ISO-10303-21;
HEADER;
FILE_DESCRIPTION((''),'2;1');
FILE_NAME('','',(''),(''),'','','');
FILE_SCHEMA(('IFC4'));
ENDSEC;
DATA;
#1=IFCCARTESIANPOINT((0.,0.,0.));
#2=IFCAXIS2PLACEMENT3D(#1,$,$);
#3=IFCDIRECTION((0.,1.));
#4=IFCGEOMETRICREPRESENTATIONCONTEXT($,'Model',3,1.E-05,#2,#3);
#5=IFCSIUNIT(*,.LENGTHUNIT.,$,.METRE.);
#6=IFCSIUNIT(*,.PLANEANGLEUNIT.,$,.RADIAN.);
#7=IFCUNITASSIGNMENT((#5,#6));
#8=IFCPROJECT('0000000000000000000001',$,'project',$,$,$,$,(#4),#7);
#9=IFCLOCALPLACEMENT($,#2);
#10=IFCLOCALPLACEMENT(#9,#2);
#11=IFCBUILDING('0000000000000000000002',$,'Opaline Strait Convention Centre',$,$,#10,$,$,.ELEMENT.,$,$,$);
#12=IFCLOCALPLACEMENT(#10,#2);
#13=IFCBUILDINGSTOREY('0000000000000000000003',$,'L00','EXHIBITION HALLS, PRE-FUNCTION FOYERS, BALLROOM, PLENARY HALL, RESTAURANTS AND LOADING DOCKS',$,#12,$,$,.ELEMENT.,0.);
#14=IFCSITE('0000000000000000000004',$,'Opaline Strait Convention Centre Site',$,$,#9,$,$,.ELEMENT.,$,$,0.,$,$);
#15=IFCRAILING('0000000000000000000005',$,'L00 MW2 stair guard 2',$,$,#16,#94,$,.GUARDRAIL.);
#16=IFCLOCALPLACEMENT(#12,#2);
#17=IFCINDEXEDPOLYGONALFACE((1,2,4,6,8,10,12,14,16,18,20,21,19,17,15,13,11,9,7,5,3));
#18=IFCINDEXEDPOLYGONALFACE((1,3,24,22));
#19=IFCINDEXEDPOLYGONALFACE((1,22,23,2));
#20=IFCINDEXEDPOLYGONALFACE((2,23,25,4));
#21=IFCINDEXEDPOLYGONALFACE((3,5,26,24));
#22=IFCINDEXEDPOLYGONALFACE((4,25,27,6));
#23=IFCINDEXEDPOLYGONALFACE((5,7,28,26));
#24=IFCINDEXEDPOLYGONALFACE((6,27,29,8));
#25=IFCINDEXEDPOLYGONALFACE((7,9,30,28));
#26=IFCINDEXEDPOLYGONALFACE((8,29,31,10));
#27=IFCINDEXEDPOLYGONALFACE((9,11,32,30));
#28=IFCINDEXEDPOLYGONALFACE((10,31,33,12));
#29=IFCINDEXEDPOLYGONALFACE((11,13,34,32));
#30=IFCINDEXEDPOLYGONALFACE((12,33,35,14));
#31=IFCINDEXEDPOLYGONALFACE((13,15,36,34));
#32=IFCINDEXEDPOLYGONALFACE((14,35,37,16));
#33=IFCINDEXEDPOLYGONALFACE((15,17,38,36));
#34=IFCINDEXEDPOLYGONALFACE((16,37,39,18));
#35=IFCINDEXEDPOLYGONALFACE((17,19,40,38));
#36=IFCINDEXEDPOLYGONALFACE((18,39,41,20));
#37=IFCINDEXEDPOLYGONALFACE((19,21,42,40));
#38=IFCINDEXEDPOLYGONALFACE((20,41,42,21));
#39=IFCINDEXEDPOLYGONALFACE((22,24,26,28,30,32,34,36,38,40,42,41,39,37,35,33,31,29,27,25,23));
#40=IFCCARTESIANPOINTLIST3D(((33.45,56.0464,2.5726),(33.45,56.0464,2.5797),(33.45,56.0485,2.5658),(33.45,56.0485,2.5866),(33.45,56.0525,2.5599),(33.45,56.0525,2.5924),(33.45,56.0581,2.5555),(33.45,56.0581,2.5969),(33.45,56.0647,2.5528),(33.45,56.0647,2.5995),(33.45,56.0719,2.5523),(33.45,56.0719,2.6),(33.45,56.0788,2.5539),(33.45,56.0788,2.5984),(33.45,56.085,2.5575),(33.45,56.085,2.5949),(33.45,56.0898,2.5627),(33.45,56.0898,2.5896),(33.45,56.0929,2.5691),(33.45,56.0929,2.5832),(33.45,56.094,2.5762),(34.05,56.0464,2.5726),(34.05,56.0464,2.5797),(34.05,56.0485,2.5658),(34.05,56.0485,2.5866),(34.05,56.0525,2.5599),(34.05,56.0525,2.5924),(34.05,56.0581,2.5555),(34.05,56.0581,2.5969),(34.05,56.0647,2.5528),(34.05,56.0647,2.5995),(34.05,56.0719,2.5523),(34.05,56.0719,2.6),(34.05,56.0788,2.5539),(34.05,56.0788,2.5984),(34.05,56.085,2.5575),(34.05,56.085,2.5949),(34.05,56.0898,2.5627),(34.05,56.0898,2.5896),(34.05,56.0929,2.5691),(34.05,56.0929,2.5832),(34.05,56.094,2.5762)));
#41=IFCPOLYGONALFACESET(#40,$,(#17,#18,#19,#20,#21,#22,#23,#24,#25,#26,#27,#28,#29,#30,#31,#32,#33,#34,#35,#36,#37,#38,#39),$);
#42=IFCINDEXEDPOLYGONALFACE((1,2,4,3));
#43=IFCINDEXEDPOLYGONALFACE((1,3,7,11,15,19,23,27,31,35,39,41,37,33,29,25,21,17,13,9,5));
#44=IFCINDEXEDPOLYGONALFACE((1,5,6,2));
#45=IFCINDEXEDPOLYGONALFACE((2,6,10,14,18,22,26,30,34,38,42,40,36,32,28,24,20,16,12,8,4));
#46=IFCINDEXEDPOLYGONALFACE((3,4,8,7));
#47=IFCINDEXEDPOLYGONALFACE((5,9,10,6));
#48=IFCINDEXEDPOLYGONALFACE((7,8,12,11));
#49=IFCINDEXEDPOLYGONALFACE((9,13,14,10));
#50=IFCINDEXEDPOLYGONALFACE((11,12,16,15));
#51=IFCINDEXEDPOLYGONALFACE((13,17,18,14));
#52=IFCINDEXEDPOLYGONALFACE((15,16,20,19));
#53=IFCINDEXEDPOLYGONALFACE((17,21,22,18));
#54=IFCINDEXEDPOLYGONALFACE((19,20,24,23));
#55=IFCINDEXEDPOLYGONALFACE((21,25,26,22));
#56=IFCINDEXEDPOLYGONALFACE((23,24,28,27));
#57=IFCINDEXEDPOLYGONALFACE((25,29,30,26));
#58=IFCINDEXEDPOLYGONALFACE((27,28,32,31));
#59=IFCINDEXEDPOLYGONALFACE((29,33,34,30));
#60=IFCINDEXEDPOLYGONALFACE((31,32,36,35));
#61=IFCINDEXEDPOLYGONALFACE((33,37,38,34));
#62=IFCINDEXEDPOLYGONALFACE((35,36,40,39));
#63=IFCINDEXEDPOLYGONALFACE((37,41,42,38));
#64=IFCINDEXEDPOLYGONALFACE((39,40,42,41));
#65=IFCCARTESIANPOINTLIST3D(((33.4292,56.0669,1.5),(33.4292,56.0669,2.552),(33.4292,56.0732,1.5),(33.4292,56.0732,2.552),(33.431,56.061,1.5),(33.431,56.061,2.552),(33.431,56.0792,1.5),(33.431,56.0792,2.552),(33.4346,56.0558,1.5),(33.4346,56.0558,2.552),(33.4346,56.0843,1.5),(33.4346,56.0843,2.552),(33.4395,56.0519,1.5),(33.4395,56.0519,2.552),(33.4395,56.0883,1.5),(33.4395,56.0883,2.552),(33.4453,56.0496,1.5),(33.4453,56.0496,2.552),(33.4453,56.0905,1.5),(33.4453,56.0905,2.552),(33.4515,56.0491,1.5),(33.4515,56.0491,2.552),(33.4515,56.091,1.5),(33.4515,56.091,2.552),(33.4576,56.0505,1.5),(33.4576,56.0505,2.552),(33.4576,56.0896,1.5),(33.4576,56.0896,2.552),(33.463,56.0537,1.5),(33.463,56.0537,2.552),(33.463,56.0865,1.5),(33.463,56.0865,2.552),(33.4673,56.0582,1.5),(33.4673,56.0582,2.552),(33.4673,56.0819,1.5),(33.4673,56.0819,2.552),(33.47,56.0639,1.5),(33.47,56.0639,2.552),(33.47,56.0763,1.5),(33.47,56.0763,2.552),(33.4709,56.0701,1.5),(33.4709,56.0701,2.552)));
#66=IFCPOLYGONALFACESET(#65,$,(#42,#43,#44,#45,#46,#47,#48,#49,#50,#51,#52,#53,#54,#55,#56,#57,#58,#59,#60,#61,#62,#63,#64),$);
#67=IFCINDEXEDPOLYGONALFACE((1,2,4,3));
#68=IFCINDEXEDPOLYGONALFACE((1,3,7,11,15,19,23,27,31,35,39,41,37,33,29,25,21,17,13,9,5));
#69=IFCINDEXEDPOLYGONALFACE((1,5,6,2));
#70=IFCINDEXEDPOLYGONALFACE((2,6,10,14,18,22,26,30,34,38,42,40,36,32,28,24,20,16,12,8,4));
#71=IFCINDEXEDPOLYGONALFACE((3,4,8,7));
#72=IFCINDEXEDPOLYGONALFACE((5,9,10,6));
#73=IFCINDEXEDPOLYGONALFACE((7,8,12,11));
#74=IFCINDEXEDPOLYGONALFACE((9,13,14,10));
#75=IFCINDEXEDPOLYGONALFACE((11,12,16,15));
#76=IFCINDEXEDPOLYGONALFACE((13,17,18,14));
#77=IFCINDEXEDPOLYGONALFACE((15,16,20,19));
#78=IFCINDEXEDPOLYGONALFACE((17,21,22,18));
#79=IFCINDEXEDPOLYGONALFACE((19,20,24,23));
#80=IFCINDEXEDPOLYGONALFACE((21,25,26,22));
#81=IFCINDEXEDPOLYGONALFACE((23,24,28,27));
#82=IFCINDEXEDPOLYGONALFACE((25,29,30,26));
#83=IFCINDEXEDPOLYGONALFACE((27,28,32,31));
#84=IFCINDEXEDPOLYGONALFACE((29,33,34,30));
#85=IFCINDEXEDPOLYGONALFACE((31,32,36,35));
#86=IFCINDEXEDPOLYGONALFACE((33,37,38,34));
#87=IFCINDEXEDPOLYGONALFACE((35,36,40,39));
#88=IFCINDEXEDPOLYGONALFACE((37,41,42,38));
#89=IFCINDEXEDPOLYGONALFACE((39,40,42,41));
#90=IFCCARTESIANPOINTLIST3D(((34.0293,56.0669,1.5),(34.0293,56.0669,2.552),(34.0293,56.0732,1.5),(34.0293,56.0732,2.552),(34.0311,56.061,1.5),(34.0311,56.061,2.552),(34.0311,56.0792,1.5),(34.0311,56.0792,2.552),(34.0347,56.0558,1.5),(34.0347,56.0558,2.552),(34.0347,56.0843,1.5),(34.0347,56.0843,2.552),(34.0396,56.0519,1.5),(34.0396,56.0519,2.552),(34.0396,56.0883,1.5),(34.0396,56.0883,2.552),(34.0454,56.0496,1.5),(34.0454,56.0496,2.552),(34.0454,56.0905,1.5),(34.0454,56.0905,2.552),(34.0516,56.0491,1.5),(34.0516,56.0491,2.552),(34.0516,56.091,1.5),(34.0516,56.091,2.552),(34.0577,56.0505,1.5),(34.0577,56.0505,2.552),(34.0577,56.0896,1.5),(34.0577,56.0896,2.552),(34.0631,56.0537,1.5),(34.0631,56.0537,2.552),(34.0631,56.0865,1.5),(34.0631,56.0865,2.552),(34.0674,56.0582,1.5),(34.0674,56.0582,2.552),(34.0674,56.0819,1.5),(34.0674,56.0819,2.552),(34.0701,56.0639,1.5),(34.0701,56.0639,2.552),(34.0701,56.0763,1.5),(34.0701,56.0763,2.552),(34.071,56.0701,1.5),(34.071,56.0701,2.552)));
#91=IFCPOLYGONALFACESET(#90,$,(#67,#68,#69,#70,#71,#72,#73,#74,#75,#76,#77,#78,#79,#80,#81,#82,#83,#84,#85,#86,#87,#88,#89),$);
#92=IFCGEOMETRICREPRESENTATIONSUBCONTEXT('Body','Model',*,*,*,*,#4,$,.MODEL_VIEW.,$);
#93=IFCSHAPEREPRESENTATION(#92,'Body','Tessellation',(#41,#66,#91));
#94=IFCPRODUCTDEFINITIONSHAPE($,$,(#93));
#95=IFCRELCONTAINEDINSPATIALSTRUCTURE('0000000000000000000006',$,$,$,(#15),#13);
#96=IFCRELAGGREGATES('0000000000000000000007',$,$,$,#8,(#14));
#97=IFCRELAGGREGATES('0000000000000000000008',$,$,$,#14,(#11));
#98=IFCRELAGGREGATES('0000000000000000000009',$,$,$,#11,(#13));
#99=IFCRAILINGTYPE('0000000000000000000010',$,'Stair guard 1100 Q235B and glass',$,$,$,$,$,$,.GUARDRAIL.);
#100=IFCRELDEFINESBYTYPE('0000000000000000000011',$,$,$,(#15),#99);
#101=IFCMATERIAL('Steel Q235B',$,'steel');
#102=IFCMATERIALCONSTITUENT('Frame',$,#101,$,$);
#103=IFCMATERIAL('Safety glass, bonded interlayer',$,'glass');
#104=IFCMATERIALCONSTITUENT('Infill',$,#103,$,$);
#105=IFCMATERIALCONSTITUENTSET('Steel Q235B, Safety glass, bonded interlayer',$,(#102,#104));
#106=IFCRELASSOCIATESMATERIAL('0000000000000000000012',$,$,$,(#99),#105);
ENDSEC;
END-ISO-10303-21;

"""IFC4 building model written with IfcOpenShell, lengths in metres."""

from ifc_helpers import new_model, si_unit, direction, frame, origin, origin_2d, place, context, subcontext, project, spatial, circle, extrude, material, constituent, constituent_set, type_object, element, save


model = new_model("IFC4")

# Units and contexts
model_context = context("Model", 3, precision=1e-05, world=origin(), true_north=direction((0.0, 1.0)))
body_context = subcontext(model_context, "Body", "Model", "MODEL_VIEW")
ifc_project = project(units=[si_unit("LENGTHUNIT", "METRE"), si_unit("PLANEANGLEUNIT", "RADIAN")], contexts=[model_context])

# Site, building, storey
site_placement = place(None, origin())
site = spatial("IfcSite", under=ifc_project, at=site_placement, Name="Opaline Strait Convention Centre Site", CompositionType="ELEMENT", RefElevation=0.0)
building_placement = place(site_placement, origin())
building = spatial("IfcBuilding", under=site, at=building_placement, Name="Opaline Strait Convention Centre", CompositionType="ELEMENT")
storey_placement = place(building_placement, origin())
storey = spatial("IfcBuildingStorey", under=building, at=storey_placement, Name="L00", Description="EXHIBITION HALLS, PRE-FUNCTION FOYERS, BALLROOM, PLENARY HALL, RESTAURANTS AND LOADING DOCKS", CompositionType="ELEMENT", Elevation=0.0)

# Railing
ifc_material_1 = material(Name="Steel Q235B", Category="steel")
ifc_constituent_1 = constituent(ifc_material_1, Name="Frame")
ifc_material_2 = material(Name="Safety glass, bonded interlayer", Category="glass")
ifc_constituent_2 = constituent(ifc_material_2, Name="Infill")
ifc_constituent_set = constituent_set(constituents=[ifc_constituent_1, ifc_constituent_2], Name="Steel Q235B, Safety glass, bonded interlayer")
railing_type_1 = type_object("IfcRailingType", Name="Stair guard 1100 Q235B and glass", PredefinedType="GUARDRAIL", material=ifc_constituent_set)
railing_1_placement = place(storey_placement, frame((33.45, 56.0701, 1.5)))
element("IfcRailing", 1, at=railing_1_placement, inside=storey, type_object=railing_type_1, Name="L00 MW2 stair guard 2", PredefinedType="GUARDRAIL", context=body_context, shape_type="SweptSolid", body=[
    extrude(circle(Radius=0.0239, at=origin_2d()), frame((0.0, 0.0, 1.0762), z_axis=(1.0, 0.0, 0.0), x_axis=(0.0, 1.0, 0.0)), (0.0, 0.0, 1.0), 0.6001),
    extrude(circle(Radius=0.021, at=origin_2d()), origin(), (0.0, 0.0, 1.0), 1.052),
    extrude(circle(Radius=0.021, at=origin_2d()), frame((0.6001, 0.0, 0.0)), (0.0, 0.0, 1.0), 1.052),
])

save(model, "model.ifc")
